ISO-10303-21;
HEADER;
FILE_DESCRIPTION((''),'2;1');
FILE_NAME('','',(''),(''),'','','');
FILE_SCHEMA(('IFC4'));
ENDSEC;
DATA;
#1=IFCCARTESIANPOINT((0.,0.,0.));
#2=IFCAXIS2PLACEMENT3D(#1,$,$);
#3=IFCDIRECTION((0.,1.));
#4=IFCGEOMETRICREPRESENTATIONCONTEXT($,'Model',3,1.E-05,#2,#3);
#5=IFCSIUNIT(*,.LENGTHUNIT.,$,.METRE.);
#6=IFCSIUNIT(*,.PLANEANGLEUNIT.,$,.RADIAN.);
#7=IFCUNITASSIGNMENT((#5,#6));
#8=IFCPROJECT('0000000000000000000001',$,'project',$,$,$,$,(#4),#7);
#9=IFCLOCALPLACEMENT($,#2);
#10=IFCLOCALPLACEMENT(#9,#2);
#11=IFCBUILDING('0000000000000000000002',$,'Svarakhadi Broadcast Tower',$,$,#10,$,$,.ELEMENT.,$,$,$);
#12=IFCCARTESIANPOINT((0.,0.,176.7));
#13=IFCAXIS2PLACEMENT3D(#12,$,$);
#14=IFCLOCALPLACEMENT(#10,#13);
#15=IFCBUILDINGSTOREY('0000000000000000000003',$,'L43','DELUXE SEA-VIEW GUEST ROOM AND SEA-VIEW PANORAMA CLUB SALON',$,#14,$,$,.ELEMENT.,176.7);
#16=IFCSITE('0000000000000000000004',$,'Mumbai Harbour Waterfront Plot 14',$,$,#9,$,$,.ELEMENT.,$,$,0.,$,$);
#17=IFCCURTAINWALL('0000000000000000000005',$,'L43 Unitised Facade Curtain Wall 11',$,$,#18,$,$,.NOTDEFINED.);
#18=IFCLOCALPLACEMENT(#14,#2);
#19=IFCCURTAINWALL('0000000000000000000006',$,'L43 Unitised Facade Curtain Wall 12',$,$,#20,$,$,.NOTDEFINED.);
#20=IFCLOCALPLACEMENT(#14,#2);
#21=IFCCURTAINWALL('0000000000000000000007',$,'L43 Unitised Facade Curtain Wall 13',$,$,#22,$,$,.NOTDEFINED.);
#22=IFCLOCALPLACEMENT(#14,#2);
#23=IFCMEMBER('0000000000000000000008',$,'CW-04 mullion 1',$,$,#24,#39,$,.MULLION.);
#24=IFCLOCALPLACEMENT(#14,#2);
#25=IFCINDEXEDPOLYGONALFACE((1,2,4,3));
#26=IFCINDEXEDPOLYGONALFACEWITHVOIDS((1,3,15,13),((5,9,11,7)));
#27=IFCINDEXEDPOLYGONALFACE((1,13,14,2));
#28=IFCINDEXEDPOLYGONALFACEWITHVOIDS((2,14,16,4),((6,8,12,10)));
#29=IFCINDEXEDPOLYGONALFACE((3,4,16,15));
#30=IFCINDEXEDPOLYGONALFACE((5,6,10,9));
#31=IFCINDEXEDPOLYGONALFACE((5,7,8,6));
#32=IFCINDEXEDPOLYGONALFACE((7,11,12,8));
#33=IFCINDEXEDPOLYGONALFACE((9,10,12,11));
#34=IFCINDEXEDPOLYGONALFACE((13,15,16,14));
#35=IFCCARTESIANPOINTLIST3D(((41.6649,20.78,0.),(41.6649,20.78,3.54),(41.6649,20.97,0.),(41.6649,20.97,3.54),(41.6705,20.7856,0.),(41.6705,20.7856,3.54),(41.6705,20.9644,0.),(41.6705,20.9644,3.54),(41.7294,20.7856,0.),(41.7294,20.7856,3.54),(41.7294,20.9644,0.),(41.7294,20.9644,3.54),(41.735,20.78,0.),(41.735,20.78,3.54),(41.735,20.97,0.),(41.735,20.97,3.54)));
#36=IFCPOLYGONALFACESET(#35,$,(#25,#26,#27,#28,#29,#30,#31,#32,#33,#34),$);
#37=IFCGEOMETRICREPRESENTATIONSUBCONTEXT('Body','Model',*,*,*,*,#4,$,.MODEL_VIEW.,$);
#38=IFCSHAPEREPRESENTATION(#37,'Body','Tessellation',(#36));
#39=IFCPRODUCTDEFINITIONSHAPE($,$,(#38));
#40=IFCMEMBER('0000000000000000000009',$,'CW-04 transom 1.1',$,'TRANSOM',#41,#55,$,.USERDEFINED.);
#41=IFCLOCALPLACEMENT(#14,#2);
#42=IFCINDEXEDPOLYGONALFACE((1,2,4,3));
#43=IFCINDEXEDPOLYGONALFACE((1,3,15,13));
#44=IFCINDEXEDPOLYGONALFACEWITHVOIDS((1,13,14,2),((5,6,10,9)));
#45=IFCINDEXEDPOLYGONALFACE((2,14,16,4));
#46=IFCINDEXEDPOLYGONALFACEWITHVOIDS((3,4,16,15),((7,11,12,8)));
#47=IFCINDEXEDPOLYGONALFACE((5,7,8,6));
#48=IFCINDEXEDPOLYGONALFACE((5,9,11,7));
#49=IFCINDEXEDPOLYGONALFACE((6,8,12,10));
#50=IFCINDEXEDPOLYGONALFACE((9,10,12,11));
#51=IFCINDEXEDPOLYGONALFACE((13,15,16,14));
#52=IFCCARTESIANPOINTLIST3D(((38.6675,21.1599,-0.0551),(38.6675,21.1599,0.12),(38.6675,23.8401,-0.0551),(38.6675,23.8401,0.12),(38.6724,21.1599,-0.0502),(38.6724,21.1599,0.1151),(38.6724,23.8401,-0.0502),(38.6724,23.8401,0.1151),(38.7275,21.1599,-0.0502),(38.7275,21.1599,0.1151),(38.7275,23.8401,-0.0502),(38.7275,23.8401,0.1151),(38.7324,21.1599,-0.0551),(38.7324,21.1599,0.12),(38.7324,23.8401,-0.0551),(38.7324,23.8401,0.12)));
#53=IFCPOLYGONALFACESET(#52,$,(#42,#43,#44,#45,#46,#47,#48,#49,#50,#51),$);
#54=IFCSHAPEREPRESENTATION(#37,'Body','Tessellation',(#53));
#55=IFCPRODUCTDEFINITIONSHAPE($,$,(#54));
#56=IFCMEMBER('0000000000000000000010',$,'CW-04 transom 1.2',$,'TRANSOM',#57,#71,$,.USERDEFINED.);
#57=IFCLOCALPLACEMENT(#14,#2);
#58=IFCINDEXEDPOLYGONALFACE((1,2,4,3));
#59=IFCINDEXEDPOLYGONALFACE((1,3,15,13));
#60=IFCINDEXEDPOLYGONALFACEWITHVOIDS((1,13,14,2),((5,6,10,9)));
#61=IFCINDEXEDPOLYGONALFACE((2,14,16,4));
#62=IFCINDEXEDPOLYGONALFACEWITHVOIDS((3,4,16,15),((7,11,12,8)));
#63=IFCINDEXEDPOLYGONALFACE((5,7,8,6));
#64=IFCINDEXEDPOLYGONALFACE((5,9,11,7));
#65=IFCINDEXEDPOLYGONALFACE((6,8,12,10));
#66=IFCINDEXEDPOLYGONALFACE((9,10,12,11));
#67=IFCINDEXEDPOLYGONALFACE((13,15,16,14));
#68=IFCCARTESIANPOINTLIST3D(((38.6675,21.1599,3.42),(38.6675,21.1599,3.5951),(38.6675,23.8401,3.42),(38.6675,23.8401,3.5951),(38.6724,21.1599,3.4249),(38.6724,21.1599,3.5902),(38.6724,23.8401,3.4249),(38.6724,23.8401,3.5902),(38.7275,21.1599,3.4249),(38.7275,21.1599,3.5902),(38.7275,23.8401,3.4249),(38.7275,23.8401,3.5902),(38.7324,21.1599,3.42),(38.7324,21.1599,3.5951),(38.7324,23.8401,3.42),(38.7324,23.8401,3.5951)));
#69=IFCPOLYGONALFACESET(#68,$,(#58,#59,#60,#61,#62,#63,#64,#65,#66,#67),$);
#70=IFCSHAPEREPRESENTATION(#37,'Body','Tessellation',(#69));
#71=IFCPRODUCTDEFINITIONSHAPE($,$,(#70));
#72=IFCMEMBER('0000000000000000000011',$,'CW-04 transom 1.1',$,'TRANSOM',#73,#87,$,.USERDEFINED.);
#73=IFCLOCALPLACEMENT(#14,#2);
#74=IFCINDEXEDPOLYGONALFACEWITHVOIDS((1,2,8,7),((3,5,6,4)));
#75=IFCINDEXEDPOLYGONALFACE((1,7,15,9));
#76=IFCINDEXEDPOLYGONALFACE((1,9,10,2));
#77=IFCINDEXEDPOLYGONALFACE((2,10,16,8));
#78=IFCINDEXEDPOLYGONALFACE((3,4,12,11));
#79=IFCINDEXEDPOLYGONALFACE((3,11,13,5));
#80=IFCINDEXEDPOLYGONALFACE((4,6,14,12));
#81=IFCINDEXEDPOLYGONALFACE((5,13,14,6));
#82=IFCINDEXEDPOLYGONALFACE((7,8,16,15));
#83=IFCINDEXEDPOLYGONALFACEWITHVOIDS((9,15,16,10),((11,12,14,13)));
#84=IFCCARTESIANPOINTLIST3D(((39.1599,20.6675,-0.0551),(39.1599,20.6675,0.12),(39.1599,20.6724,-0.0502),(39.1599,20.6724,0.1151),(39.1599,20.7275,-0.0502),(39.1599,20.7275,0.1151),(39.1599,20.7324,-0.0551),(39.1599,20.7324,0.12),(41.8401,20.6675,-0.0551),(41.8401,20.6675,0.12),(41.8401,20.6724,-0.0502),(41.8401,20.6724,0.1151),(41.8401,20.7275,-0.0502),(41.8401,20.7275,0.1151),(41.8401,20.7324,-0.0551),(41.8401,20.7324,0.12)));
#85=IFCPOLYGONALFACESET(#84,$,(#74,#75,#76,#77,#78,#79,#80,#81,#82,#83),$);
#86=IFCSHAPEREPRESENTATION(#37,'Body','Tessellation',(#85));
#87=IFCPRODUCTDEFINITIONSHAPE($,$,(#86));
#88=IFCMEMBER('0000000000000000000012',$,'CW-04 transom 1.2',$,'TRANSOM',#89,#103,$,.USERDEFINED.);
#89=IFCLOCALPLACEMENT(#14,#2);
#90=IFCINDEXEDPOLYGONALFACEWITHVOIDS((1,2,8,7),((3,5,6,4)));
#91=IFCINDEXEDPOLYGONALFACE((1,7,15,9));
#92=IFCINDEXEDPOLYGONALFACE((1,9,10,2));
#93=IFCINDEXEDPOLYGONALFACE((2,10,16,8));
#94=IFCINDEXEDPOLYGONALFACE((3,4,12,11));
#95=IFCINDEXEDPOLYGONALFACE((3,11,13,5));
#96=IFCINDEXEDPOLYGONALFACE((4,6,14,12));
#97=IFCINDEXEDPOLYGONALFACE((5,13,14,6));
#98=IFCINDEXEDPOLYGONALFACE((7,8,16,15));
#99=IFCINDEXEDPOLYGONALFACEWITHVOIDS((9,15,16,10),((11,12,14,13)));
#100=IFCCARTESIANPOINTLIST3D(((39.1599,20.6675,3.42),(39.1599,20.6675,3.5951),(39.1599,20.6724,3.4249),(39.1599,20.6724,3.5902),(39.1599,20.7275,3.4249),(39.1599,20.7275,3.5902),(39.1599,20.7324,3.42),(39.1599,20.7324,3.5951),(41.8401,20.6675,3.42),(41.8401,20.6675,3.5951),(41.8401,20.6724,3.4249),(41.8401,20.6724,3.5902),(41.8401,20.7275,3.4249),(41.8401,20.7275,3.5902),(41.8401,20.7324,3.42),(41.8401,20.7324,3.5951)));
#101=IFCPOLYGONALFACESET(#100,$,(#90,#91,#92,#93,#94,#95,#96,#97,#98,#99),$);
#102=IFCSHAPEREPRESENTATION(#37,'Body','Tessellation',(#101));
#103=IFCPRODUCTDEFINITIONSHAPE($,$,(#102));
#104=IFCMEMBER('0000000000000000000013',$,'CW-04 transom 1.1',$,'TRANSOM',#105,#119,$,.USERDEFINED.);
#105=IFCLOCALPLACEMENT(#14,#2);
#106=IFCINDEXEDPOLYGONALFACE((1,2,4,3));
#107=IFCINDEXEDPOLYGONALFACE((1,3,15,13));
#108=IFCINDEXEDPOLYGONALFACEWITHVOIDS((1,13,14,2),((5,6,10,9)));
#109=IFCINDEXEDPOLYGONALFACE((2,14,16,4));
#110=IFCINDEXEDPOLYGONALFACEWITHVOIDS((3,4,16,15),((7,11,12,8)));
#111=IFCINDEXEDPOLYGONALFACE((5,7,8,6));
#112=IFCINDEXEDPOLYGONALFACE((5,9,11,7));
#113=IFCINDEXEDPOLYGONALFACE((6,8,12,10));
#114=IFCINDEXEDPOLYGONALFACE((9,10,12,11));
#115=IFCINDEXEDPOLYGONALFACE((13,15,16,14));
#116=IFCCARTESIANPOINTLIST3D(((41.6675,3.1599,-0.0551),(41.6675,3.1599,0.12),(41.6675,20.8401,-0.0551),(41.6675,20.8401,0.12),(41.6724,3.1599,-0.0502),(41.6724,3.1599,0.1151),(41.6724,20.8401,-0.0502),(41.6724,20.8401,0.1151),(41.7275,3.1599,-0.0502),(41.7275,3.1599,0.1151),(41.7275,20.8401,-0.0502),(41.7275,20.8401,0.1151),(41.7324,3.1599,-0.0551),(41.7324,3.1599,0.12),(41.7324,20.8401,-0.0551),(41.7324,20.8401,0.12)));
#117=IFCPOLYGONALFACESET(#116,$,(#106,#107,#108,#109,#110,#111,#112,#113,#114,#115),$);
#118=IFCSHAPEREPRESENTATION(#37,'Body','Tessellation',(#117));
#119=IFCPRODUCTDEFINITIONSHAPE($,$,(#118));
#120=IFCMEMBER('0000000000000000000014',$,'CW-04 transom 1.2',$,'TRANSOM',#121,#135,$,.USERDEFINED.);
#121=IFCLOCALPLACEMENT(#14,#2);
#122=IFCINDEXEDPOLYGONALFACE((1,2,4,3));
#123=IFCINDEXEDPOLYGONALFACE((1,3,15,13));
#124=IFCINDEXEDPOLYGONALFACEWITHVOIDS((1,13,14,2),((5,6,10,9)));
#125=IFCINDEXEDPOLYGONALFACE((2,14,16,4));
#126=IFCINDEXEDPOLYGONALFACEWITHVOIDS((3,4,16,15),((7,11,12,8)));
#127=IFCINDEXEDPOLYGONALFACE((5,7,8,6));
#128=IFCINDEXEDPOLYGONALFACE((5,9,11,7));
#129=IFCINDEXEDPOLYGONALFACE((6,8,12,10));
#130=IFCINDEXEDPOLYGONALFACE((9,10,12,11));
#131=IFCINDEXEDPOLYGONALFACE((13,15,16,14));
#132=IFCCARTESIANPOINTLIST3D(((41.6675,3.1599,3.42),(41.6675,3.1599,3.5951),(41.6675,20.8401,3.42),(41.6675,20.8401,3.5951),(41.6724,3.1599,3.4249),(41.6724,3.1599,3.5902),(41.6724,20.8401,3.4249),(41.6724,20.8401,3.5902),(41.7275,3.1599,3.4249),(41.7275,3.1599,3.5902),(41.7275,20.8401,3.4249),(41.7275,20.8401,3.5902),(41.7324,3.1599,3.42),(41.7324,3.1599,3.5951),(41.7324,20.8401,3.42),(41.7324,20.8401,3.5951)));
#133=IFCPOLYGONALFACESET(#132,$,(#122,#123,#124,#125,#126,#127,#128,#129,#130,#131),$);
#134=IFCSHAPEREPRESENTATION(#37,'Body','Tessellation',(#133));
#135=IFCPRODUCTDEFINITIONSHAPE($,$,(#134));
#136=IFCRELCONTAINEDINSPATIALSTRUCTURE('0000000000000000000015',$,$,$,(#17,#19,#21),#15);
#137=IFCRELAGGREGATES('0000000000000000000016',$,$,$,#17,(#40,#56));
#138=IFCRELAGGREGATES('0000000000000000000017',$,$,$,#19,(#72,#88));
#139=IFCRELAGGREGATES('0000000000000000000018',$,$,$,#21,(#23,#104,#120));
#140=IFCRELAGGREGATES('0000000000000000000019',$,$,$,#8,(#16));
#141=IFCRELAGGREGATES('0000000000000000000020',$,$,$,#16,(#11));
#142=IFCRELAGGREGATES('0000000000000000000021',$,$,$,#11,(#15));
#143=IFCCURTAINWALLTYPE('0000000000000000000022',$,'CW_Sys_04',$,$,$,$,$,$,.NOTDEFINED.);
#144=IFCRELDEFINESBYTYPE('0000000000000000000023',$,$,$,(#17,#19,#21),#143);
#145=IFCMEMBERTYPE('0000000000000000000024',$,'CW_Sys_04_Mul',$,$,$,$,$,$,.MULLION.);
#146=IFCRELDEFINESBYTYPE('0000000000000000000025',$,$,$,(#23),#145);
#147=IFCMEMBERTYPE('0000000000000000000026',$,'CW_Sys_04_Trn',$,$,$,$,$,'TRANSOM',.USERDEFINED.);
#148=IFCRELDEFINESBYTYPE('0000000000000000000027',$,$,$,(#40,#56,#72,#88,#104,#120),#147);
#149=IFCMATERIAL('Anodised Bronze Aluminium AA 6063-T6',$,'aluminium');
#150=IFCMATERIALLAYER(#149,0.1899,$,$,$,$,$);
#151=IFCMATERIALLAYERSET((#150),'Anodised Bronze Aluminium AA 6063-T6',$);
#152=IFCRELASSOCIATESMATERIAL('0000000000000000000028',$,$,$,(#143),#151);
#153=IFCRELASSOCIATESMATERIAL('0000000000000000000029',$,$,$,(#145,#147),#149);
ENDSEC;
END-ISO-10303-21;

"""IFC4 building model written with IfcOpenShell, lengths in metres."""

from ifc_helpers import new_model, si_unit, direction, frame, origin, origin_2d, place, context, subcontext, project, spatial, hollow_rectangle, extrude, material, layer, layer_set, material_profile, profile_set, type_object, element, aggregate, save


model = new_model("IFC4")

# Units and contexts
model_context = context("Model", 3, precision=1e-05, world=origin(), true_north=direction((0.0, 1.0)))
body_context = subcontext(model_context, "Body", "Model", "MODEL_VIEW")
ifc_project = project(units=[si_unit("LENGTHUNIT", "METRE"), si_unit("PLANEANGLEUNIT", "RADIAN")], contexts=[model_context])

# Site, building, storey
site_placement = place(None, origin())
site = spatial("IfcSite", under=ifc_project, at=site_placement, Name="Mumbai Harbour Waterfront Plot 14", CompositionType="ELEMENT", RefElevation=0.0)
building_placement = place(site_placement, origin())
building = spatial("IfcBuilding", under=site, at=building_placement, Name="Svarakhadi Broadcast Tower", CompositionType="ELEMENT")
storey_placement = place(building_placement, frame((0.0, 0.0, 176.7)))
storey = spatial("IfcBuildingStorey", under=building, at=storey_placement, Name="L43", Description="DELUXE SEA-VIEW GUEST ROOM AND SEA-VIEW PANORAMA CLUB SALON", CompositionType="ELEMENT", Elevation=176.7)

# Shared definitions
ifc_material_1 = material(Name="Anodised Bronze Aluminium AA 6063-T6", Category="aluminium")
ifc_layer_1 = layer(ifc_material_1, 0.1899)
ifc_layer_set_1 = layer_set([ifc_layer_1], Name="Anodised Bronze Aluminium AA 6063-T6")
curtain_wall_type = type_object("IfcCurtainWallType", Name="CW_Sys_04", PredefinedType="NOTDEFINED", material=ifc_layer_set_1)
ifc_material_profile_1 = material_profile(ifc_material_1, hollow_rectangle(XDim=0.0701, YDim=0.1899, WallThickness=0.0056, at=origin_2d()), Name="ALU MULLION 190x70x6")
ifc_profile_set_1 = profile_set([ifc_material_profile_1], Name="Anodised Bronze Aluminium AA 6063-T6")
member_type_1 = type_object("IfcMemberType", Name="CW_Sys_04_Mul", PredefinedType="MULLION", material=ifc_profile_set_1)

# Curtain walls
curtain_wall_1_placement = place(storey_placement, origin())
curtain_wall_1 = element("IfcCurtainWall", 1, at=curtain_wall_1_placement, inside=storey, type_object=curtain_wall_type, Name="L43 Unitised Facade Curtain Wall 11", PredefinedType="NOTDEFINED")
curtain_wall_2_placement = place(storey_placement, origin())
curtain_wall_2 = element("IfcCurtainWall", 2, at=curtain_wall_2_placement, inside=storey, type_object=curtain_wall_type, Name="L43 Unitised Facade Curtain Wall 12", PredefinedType="NOTDEFINED")

# Curtain wall, member
curtain_wall_3_placement = place(storey_placement, origin())
curtain_wall_3 = element("IfcCurtainWall", 3, at=curtain_wall_3_placement, inside=storey, type_object=curtain_wall_type, Name="L43 Unitised Facade Curtain Wall 13", PredefinedType="NOTDEFINED")
member_1_placement = place(storey_placement, frame((41.7, 20.875, 0.0), z_axis=(0.0, 0.0, 1.0), x_axis=(1.0, 0.0, 0.0)))
member_1 = element("IfcMember", 4, at=member_1_placement, type_object=member_type_1, Name="CW-04 mullion 1", PredefinedType="MULLION", context=body_context, shape_type="SweptSolid", body=[
    extrude(hollow_rectangle(XDim=0.0701, YDim=0.1899, WallThickness=0.0056, at=origin_2d()), origin(), (0.0, 0.0, 1.0), 3.54),
])

# Members
ifc_material_profile_2 = material_profile(ifc_material_1, hollow_rectangle(XDim=0.0649, YDim=0.175, WallThickness=0.0049, at=origin_2d()), Name="ALU TRANSOM 175x65x5")
ifc_profile_set_2 = profile_set([ifc_material_profile_2], Name="Anodised Bronze Aluminium AA 6063-T6")
member_type_2 = type_object("IfcMemberType", Name="CW_Sys_04_Trn", ElementType="TRANSOM", PredefinedType="USERDEFINED", material=ifc_profile_set_2)
member_2_placement = place(storey_placement, frame((38.7, 23.8401, 0.0325), z_axis=(0.0, -1.0, 0.0), x_axis=(1.0, 0.0, 0.0)))
member_2 = element("IfcMember", 5, at=member_2_placement, type_object=member_type_2, Name="CW-04 transom 1.1", ObjectType="TRANSOM", PredefinedType="USERDEFINED", context=body_context, shape_type="SweptSolid", body=[
    extrude(hollow_rectangle(XDim=0.0649, YDim=0.175, WallThickness=0.0049, at=origin_2d()), origin(), (0.0, 0.0, 1.0), 2.6802),
])
member_3_placement = place(storey_placement, frame((38.7, 23.8401, 3.5076), z_axis=(0.0, -1.0, 0.0), x_axis=(1.0, 0.0, 0.0)))
member_3 = element("IfcMember", 6, at=member_3_placement, type_object=member_type_2, Name="CW-04 transom 1.2", ObjectType="TRANSOM", PredefinedType="USERDEFINED", context=body_context, shape_type="SweptSolid", body=[
    extrude(hollow_rectangle(XDim=0.0649, YDim=0.175, WallThickness=0.0049, at=origin_2d()), origin(), (0.0, 0.0, 1.0), 2.6802),
])
member_4_placement = place(storey_placement, frame((39.1599, 20.7, 0.0325), z_axis=(1.0, 0.0, 0.0), x_axis=(0.0, 1.0, 0.0)))
member_4 = element("IfcMember", 7, at=member_4_placement, type_object=member_type_2, Name="CW-04 transom 1.1", ObjectType="TRANSOM", PredefinedType="USERDEFINED", context=body_context, shape_type="SweptSolid", body=[
    extrude(hollow_rectangle(XDim=0.0649, YDim=0.175, WallThickness=0.0049, at=origin_2d()), origin(), (0.0, 0.0, 1.0), 2.6802),
])
member_5_placement = place(storey_placement, frame((39.1599, 20.7, 3.5076), z_axis=(1.0, 0.0, 0.0), x_axis=(0.0, 1.0, 0.0)))
member_5 = element("IfcMember", 8, at=member_5_placement, type_object=member_type_2, Name="CW-04 transom 1.2", ObjectType="TRANSOM", PredefinedType="USERDEFINED", context=body_context, shape_type="SweptSolid", body=[
    extrude(hollow_rectangle(XDim=0.0649, YDim=0.175, WallThickness=0.0049, at=origin_2d()), origin(), (0.0, 0.0, 1.0), 2.6802),
])
member_6_placement = place(storey_placement, frame((41.7, 20.8401, 0.0325), z_axis=(0.0, -1.0, 0.0), x_axis=(1.0, 0.0, 0.0)))
member_6 = element("IfcMember", 9, at=member_6_placement, type_object=member_type_2, Name="CW-04 transom 1.1", ObjectType="TRANSOM", PredefinedType="USERDEFINED", context=body_context, shape_type="SweptSolid", body=[
    extrude(hollow_rectangle(XDim=0.0649, YDim=0.175, WallThickness=0.0049, at=origin_2d()), origin(), (0.0, 0.0, 1.0), 17.6802),
])
member_7_placement = place(storey_placement, frame((41.7, 20.8401, 3.5076), z_axis=(0.0, -1.0, 0.0), x_axis=(1.0, 0.0, 0.0)))
member_7 = element("IfcMember", 10, at=member_7_placement, type_object=member_type_2, Name="CW-04 transom 1.2", ObjectType="TRANSOM", PredefinedType="USERDEFINED", context=body_context, shape_type="SweptSolid", body=[
    extrude(hollow_rectangle(XDim=0.0649, YDim=0.175, WallThickness=0.0049, at=origin_2d()), origin(), (0.0, 0.0, 1.0), 17.6802),
])

aggregate(curtain_wall_1, [member_2, member_3])
aggregate(curtain_wall_2, [member_4, member_5])
aggregate(curtain_wall_3, [member_1, member_6, member_7])

save(model, "model.ifc")
